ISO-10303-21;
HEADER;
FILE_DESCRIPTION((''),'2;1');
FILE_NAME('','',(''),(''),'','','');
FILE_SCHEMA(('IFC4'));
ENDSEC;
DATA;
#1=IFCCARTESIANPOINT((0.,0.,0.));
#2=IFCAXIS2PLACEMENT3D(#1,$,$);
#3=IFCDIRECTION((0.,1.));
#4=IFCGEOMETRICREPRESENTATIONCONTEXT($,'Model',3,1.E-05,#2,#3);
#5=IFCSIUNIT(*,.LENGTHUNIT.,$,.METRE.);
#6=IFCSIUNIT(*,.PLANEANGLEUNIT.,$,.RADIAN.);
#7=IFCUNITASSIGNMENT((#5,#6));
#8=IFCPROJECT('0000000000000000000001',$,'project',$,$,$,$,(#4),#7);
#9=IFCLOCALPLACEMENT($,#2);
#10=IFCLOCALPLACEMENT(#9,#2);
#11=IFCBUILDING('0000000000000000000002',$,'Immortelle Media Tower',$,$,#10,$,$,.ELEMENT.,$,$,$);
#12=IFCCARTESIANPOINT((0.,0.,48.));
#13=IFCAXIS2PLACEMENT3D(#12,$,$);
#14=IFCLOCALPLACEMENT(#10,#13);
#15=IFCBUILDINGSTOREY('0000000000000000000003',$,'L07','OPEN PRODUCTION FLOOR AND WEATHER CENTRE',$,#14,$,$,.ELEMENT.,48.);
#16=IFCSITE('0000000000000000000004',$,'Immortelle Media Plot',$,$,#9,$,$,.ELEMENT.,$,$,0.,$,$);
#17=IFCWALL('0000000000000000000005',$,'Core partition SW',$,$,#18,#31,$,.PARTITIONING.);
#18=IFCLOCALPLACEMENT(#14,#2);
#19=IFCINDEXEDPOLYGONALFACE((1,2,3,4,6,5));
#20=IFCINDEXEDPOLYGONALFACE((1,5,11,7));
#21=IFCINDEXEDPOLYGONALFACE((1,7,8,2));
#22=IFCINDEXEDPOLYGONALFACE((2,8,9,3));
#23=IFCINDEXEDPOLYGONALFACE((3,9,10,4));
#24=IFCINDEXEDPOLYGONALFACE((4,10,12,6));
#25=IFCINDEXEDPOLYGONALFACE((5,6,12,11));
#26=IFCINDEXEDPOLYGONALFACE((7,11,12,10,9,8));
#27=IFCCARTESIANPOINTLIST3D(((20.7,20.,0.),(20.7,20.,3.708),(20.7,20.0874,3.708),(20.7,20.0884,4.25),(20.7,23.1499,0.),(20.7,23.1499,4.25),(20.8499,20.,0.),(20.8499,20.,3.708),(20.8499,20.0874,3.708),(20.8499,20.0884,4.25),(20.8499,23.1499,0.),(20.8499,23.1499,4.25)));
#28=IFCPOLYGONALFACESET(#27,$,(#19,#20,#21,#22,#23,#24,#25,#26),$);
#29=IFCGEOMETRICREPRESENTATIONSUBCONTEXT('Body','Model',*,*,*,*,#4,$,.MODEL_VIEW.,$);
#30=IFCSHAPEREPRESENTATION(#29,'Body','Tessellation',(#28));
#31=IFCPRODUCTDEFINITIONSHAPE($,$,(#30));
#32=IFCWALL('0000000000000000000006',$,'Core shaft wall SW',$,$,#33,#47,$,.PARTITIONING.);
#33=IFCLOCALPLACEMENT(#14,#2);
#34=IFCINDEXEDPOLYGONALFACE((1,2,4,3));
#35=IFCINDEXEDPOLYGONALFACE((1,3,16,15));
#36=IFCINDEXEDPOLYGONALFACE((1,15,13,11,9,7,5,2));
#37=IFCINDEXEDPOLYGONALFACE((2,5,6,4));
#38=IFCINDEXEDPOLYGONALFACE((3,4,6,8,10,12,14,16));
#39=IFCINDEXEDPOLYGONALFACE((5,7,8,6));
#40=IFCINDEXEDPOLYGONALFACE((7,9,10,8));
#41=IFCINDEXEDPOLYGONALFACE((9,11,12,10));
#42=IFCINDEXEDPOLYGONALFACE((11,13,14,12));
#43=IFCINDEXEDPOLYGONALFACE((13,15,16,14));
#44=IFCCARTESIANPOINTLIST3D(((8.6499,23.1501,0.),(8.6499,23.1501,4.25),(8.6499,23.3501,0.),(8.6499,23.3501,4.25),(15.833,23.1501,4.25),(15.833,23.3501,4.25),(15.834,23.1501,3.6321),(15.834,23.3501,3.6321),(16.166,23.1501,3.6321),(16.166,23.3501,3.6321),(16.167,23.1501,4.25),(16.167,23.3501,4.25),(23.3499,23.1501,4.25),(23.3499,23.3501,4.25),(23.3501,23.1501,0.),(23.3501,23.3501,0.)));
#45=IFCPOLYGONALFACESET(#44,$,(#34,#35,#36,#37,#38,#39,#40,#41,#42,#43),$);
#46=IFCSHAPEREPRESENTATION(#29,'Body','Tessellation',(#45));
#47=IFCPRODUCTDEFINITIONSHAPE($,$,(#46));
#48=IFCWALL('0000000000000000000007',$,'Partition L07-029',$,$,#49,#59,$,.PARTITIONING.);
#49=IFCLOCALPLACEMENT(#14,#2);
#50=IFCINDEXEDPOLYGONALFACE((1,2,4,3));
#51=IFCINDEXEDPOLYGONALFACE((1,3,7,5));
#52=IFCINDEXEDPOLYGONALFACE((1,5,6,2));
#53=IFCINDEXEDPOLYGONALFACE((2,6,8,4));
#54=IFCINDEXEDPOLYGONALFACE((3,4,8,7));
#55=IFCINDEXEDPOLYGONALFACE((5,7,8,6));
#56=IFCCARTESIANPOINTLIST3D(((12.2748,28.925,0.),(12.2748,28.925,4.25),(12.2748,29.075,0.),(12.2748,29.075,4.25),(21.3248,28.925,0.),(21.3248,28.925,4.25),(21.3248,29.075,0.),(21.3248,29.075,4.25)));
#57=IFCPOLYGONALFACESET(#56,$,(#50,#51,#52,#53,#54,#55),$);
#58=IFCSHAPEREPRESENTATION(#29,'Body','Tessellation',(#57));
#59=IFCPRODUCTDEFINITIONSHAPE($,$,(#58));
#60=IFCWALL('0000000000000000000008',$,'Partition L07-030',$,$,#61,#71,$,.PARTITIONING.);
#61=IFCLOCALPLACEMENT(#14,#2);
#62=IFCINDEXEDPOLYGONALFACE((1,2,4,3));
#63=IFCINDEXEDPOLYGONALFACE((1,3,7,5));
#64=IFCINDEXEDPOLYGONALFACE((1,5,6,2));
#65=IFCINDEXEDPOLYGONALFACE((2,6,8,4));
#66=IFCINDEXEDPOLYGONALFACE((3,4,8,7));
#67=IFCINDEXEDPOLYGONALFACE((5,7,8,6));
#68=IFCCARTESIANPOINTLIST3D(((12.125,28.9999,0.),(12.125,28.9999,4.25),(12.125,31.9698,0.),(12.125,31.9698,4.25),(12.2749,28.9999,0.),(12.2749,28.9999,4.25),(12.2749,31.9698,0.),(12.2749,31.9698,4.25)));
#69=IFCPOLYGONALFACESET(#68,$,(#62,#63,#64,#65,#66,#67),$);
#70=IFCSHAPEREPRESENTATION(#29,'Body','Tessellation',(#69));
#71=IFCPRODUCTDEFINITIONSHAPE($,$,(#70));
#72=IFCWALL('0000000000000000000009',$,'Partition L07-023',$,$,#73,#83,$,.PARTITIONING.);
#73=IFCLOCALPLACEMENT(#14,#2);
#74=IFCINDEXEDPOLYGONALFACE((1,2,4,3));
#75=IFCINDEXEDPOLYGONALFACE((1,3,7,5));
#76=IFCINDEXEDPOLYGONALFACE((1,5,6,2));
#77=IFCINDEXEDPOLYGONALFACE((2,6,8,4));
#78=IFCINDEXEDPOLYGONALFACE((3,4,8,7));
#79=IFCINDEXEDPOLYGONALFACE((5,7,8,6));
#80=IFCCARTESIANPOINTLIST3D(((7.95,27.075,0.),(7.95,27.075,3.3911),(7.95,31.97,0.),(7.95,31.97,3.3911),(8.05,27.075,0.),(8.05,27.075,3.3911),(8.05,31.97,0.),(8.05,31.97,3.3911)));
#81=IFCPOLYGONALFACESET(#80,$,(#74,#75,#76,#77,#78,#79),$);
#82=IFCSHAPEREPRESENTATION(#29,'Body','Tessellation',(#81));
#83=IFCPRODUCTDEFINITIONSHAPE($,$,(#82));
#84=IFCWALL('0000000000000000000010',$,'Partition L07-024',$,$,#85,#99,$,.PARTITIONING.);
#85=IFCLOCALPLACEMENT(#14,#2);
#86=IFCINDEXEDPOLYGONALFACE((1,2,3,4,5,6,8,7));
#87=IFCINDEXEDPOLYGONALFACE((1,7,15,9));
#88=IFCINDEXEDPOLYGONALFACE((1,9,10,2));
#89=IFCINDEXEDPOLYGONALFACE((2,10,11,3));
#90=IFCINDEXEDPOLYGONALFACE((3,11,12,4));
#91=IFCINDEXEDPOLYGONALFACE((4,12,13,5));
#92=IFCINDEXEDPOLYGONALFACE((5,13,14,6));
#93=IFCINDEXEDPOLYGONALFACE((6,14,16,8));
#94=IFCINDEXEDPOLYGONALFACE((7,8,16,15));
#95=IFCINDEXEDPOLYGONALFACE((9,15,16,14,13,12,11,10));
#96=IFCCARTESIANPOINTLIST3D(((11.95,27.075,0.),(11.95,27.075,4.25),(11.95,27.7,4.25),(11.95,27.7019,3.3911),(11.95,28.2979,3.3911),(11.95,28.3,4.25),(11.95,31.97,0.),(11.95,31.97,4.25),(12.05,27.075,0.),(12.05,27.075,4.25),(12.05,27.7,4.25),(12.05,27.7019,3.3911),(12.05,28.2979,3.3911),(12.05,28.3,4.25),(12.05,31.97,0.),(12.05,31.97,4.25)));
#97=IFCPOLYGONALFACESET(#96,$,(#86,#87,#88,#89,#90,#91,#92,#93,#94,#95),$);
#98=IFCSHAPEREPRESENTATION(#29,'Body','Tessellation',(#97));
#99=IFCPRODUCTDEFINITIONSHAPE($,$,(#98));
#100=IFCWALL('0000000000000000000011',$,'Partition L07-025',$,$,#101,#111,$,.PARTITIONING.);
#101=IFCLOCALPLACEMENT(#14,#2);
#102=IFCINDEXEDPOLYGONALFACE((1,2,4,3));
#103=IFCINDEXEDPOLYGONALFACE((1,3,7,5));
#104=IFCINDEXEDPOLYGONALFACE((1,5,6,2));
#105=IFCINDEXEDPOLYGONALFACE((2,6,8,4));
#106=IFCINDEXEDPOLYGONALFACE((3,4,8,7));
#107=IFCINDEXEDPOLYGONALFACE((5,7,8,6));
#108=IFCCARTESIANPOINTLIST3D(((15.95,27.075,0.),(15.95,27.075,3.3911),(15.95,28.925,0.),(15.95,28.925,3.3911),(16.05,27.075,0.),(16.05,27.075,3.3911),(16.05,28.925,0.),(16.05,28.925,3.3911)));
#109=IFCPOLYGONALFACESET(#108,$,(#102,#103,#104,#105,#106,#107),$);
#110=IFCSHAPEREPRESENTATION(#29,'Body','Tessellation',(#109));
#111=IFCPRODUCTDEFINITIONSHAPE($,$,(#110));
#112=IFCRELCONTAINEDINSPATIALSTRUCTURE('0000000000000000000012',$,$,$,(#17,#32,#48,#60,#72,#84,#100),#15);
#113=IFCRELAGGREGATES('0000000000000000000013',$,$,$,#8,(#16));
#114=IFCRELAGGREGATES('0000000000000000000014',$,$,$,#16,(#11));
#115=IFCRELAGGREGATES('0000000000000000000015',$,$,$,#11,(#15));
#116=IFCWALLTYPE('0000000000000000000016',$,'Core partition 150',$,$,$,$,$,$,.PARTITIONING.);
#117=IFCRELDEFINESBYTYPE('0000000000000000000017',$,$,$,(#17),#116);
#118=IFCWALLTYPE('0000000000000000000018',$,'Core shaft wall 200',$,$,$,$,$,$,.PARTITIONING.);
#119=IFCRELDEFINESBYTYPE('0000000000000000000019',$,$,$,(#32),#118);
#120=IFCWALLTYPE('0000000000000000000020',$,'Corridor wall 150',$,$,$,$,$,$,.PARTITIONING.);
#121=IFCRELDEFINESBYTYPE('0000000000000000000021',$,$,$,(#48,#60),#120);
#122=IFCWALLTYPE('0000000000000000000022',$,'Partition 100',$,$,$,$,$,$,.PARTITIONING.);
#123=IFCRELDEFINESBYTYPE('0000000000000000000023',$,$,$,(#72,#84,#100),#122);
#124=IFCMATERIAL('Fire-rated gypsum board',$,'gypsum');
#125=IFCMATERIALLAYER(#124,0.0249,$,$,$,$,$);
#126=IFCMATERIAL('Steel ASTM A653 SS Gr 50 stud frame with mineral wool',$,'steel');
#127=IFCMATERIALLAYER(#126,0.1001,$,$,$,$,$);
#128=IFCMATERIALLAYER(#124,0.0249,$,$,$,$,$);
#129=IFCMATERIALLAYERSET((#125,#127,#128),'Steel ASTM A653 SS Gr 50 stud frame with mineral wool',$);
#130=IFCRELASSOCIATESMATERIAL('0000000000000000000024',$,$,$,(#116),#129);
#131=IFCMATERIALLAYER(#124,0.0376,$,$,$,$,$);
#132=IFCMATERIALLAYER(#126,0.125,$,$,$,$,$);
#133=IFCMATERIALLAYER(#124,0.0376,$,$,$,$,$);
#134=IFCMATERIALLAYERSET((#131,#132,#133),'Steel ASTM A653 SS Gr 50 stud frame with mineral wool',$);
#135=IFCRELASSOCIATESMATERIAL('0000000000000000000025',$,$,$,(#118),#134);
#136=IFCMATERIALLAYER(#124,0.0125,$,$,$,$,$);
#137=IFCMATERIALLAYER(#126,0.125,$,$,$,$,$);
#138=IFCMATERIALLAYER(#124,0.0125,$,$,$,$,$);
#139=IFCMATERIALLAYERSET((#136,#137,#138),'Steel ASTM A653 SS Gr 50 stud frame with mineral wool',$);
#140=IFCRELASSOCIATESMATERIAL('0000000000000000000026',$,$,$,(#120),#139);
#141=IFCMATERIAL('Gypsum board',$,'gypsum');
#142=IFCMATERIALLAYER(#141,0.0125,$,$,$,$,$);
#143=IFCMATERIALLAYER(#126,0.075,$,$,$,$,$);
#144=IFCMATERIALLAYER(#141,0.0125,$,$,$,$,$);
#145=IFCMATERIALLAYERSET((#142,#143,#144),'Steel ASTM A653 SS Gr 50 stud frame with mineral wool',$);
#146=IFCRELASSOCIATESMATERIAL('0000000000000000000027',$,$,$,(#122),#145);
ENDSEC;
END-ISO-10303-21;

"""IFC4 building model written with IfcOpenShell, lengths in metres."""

from ifc_helpers import new_model, si_unit, direction, frame, frame_2d, origin, place, context, subcontext, project, spatial, polyline, rectangle, outline, extrude, material, layer, layer_set, type_object, element, save


model = new_model("IFC4")

# Units and contexts
model_context = context("Model", 3, precision=1e-05, world=origin(), true_north=direction((0.0, 1.0)))
body_context = subcontext(model_context, "Body", "Model", "MODEL_VIEW")
ifc_project = project(units=[si_unit("LENGTHUNIT", "METRE"), si_unit("PLANEANGLEUNIT", "RADIAN")], contexts=[model_context])

# Site, building, storey
site_placement = place(None, origin())
site = spatial("IfcSite", under=ifc_project, at=site_placement, Name="Immortelle Media Plot", CompositionType="ELEMENT", RefElevation=0.0)
building_placement = place(site_placement, origin())
building = spatial("IfcBuilding", under=site, at=building_placement, Name="Immortelle Media Tower", CompositionType="ELEMENT")
storey_placement = place(building_placement, frame((0.0, 0.0, 48.0)))
storey = spatial("IfcBuildingStorey", under=building, at=storey_placement, Name="L07", Description="OPEN PRODUCTION FLOOR AND WEATHER CENTRE", CompositionType="ELEMENT", Elevation=48.0)

# Walls
ifc_material_1 = material(Name="Fire-rated gypsum board", Category="gypsum")
ifc_layer_1 = layer(ifc_material_1, 0.0249)
ifc_material_2 = material(Name="Steel ASTM A653 SS Gr 50 stud frame with mineral wool", Category="steel")
ifc_layer_2 = layer(ifc_material_2, 0.1001)
ifc_layer_3 = layer(ifc_material_1, 0.0249)
ifc_layer_set_1 = layer_set([ifc_layer_1, ifc_layer_2, ifc_layer_3], Name="Steel ASTM A653 SS Gr 50 stud frame with mineral wool")
wall_type_1 = type_object("IfcWallType", Name="Core partition 150", PredefinedType="PARTITIONING", material=ifc_layer_set_1)
wall_1_placement = place(storey_placement, frame((20.7749, 20.0, 0.0), z_axis=(0.0, 0.0, 1.0), x_axis=(0.0, 1.0, 0.0)))
element("IfcWall", 1, at=wall_1_placement, inside=storey, type_object=wall_type_1, Name="Core partition SW", PredefinedType="PARTITIONING", context=body_context, shape_type="SweptSolid", body=[
    extrude(outline(polyline([(0.0, 0.0), (3.1499, 0.0), (3.1499, 4.25), (0.0884, 4.25), (0.0874, 3.708), (0.0, 3.708), (0.0, 0.0)])), frame((0.0, 0.075, 0.0), z_axis=(0.0, -1.0, 0.0), x_axis=(1.0, 0.0, 0.0)), (0.0, 0.0, 1.0), 0.1499),
])
ifc_layer_4 = layer(ifc_material_1, 0.0376)
ifc_layer_5 = layer(ifc_material_2, 0.125)
ifc_layer_6 = layer(ifc_material_1, 0.0376)
ifc_layer_set_2 = layer_set([ifc_layer_4, ifc_layer_5, ifc_layer_6], Name="Steel ASTM A653 SS Gr 50 stud frame with mineral wool")
wall_type_2 = type_object("IfcWallType", Name="Core shaft wall 200", PredefinedType="PARTITIONING", material=ifc_layer_set_2)
wall_2_placement = place(storey_placement, frame((8.6499, 23.25, 0.0), z_axis=(0.0, 0.0, 1.0), x_axis=(1.0, 0.0, 0.0)))
element("IfcWall", 2, at=wall_2_placement, inside=storey, type_object=wall_type_2, Name="Core shaft wall SW", PredefinedType="PARTITIONING", context=body_context, shape_type="SweptSolid", body=[
    extrude(outline(polyline([(0.0, 0.0), (14.7002, 0.0), (14.7, 4.25), (7.5171, 4.25), (7.5161, 3.6321), (7.1841, 3.6321), (7.1831, 4.25), (0.0, 4.25), (0.0, 0.0)])), frame((0.0, 0.1001, 0.0), z_axis=(0.0, -1.0, 0.0), x_axis=(1.0, 0.0, 0.0)), (0.0, 0.0, 1.0), 0.2),
])
ifc_layer_7 = layer(ifc_material_1, 0.0125)
ifc_layer_8 = layer(ifc_material_2, 0.125)
ifc_layer_9 = layer(ifc_material_1, 0.0125)
ifc_layer_set_3 = layer_set([ifc_layer_7, ifc_layer_8, ifc_layer_9], Name="Steel ASTM A653 SS Gr 50 stud frame with mineral wool")
wall_type_3 = type_object("IfcWallType", Name="Corridor wall 150", PredefinedType="PARTITIONING", material=ifc_layer_set_3)
wall_3_placement = place(storey_placement, frame((12.2749, 29.0, 0.0), z_axis=(0.0, 0.0, 1.0), x_axis=(1.0, 0.0, 0.0)))
element("IfcWall", 3, at=wall_3_placement, inside=storey, type_object=wall_type_3, Name="Partition L07-029", PredefinedType="PARTITIONING", context=body_context, shape_type="SweptSolid", body=[
    extrude(rectangle(XDim=9.05, YDim=0.1499, at=frame_2d((4.5249, 0.0))), origin(), (0.0, 0.0, 1.0), 4.25),
])
wall_4_placement = place(storey_placement, frame((12.2, 29.0, 0.0), z_axis=(0.0, 0.0, 1.0), x_axis=(0.0, 1.0, 0.0)))
element("IfcWall", 4, at=wall_4_placement, inside=storey, type_object=wall_type_3, Name="Partition L07-030", PredefinedType="PARTITIONING", context=body_context, shape_type="SweptSolid", body=[
    extrude(rectangle(XDim=2.97, YDim=0.1499, at=frame_2d((1.4849, 0.0))), origin(), (0.0, 0.0, 1.0), 4.25),
])
ifc_material_3 = material(Name="Gypsum board", Category="gypsum")
ifc_layer_10 = layer(ifc_material_3, 0.0125)
ifc_layer_11 = layer(ifc_material_2, 0.075)
ifc_layer_12 = layer(ifc_material_3, 0.0125)
ifc_layer_set_4 = layer_set([ifc_layer_10, ifc_layer_11, ifc_layer_12], Name="Steel ASTM A653 SS Gr 50 stud frame with mineral wool")
wall_type_4 = type_object("IfcWallType", Name="Partition 100", PredefinedType="PARTITIONING", material=ifc_layer_set_4)
wall_5_placement = place(storey_placement, frame((8.0, 27.075, 0.0), z_axis=(0.0, 0.0, 1.0), x_axis=(0.0, 1.0, 0.0)))
element("IfcWall", 5, at=wall_5_placement, inside=storey, type_object=wall_type_4, Name="Partition L07-023", PredefinedType="PARTITIONING", context=body_context, shape_type="SweptSolid", body=[
    extrude(rectangle(XDim=4.895, YDim=0.1001, at=frame_2d((2.4475, 0.0))), origin(), (0.0, 0.0, 1.0), 3.3911),
])
wall_6_placement = place(storey_placement, frame((12.0, 27.075, 0.0), z_axis=(0.0, 0.0, 1.0), x_axis=(0.0, 1.0, 0.0)))
element("IfcWall", 6, at=wall_6_placement, inside=storey, type_object=wall_type_4, Name="Partition L07-024", PredefinedType="PARTITIONING", context=body_context, shape_type="SweptSolid", body=[
    extrude(outline(polyline([(0.0, 0.0), (4.895, 0.0), (4.895, 4.25), (1.2251, 4.25), (1.2229, 3.3911), (0.627, 3.3911), (0.625, 4.25), (0.0, 4.25), (0.0, 0.0)])), frame((0.0, 0.05, 0.0), z_axis=(0.0, -1.0, 0.0), x_axis=(1.0, 0.0, 0.0)), (0.0, 0.0, 1.0), 0.1001),
])
wall_7_placement = place(storey_placement, frame((16.0, 27.075, 0.0), z_axis=(0.0, 0.0, 1.0), x_axis=(0.0, 1.0, 0.0)))
element("IfcWall", 7, at=wall_7_placement, inside=storey, type_object=wall_type_4, Name="Partition L07-025", PredefinedType="PARTITIONING", context=body_context, shape_type="SweptSolid", body=[
    extrude(rectangle(XDim=1.8501, YDim=0.1001, at=frame_2d((0.925, 0.0))), origin(), (0.0, 0.0, 1.0), 3.3911),
])

save(model, "model.ifc")
